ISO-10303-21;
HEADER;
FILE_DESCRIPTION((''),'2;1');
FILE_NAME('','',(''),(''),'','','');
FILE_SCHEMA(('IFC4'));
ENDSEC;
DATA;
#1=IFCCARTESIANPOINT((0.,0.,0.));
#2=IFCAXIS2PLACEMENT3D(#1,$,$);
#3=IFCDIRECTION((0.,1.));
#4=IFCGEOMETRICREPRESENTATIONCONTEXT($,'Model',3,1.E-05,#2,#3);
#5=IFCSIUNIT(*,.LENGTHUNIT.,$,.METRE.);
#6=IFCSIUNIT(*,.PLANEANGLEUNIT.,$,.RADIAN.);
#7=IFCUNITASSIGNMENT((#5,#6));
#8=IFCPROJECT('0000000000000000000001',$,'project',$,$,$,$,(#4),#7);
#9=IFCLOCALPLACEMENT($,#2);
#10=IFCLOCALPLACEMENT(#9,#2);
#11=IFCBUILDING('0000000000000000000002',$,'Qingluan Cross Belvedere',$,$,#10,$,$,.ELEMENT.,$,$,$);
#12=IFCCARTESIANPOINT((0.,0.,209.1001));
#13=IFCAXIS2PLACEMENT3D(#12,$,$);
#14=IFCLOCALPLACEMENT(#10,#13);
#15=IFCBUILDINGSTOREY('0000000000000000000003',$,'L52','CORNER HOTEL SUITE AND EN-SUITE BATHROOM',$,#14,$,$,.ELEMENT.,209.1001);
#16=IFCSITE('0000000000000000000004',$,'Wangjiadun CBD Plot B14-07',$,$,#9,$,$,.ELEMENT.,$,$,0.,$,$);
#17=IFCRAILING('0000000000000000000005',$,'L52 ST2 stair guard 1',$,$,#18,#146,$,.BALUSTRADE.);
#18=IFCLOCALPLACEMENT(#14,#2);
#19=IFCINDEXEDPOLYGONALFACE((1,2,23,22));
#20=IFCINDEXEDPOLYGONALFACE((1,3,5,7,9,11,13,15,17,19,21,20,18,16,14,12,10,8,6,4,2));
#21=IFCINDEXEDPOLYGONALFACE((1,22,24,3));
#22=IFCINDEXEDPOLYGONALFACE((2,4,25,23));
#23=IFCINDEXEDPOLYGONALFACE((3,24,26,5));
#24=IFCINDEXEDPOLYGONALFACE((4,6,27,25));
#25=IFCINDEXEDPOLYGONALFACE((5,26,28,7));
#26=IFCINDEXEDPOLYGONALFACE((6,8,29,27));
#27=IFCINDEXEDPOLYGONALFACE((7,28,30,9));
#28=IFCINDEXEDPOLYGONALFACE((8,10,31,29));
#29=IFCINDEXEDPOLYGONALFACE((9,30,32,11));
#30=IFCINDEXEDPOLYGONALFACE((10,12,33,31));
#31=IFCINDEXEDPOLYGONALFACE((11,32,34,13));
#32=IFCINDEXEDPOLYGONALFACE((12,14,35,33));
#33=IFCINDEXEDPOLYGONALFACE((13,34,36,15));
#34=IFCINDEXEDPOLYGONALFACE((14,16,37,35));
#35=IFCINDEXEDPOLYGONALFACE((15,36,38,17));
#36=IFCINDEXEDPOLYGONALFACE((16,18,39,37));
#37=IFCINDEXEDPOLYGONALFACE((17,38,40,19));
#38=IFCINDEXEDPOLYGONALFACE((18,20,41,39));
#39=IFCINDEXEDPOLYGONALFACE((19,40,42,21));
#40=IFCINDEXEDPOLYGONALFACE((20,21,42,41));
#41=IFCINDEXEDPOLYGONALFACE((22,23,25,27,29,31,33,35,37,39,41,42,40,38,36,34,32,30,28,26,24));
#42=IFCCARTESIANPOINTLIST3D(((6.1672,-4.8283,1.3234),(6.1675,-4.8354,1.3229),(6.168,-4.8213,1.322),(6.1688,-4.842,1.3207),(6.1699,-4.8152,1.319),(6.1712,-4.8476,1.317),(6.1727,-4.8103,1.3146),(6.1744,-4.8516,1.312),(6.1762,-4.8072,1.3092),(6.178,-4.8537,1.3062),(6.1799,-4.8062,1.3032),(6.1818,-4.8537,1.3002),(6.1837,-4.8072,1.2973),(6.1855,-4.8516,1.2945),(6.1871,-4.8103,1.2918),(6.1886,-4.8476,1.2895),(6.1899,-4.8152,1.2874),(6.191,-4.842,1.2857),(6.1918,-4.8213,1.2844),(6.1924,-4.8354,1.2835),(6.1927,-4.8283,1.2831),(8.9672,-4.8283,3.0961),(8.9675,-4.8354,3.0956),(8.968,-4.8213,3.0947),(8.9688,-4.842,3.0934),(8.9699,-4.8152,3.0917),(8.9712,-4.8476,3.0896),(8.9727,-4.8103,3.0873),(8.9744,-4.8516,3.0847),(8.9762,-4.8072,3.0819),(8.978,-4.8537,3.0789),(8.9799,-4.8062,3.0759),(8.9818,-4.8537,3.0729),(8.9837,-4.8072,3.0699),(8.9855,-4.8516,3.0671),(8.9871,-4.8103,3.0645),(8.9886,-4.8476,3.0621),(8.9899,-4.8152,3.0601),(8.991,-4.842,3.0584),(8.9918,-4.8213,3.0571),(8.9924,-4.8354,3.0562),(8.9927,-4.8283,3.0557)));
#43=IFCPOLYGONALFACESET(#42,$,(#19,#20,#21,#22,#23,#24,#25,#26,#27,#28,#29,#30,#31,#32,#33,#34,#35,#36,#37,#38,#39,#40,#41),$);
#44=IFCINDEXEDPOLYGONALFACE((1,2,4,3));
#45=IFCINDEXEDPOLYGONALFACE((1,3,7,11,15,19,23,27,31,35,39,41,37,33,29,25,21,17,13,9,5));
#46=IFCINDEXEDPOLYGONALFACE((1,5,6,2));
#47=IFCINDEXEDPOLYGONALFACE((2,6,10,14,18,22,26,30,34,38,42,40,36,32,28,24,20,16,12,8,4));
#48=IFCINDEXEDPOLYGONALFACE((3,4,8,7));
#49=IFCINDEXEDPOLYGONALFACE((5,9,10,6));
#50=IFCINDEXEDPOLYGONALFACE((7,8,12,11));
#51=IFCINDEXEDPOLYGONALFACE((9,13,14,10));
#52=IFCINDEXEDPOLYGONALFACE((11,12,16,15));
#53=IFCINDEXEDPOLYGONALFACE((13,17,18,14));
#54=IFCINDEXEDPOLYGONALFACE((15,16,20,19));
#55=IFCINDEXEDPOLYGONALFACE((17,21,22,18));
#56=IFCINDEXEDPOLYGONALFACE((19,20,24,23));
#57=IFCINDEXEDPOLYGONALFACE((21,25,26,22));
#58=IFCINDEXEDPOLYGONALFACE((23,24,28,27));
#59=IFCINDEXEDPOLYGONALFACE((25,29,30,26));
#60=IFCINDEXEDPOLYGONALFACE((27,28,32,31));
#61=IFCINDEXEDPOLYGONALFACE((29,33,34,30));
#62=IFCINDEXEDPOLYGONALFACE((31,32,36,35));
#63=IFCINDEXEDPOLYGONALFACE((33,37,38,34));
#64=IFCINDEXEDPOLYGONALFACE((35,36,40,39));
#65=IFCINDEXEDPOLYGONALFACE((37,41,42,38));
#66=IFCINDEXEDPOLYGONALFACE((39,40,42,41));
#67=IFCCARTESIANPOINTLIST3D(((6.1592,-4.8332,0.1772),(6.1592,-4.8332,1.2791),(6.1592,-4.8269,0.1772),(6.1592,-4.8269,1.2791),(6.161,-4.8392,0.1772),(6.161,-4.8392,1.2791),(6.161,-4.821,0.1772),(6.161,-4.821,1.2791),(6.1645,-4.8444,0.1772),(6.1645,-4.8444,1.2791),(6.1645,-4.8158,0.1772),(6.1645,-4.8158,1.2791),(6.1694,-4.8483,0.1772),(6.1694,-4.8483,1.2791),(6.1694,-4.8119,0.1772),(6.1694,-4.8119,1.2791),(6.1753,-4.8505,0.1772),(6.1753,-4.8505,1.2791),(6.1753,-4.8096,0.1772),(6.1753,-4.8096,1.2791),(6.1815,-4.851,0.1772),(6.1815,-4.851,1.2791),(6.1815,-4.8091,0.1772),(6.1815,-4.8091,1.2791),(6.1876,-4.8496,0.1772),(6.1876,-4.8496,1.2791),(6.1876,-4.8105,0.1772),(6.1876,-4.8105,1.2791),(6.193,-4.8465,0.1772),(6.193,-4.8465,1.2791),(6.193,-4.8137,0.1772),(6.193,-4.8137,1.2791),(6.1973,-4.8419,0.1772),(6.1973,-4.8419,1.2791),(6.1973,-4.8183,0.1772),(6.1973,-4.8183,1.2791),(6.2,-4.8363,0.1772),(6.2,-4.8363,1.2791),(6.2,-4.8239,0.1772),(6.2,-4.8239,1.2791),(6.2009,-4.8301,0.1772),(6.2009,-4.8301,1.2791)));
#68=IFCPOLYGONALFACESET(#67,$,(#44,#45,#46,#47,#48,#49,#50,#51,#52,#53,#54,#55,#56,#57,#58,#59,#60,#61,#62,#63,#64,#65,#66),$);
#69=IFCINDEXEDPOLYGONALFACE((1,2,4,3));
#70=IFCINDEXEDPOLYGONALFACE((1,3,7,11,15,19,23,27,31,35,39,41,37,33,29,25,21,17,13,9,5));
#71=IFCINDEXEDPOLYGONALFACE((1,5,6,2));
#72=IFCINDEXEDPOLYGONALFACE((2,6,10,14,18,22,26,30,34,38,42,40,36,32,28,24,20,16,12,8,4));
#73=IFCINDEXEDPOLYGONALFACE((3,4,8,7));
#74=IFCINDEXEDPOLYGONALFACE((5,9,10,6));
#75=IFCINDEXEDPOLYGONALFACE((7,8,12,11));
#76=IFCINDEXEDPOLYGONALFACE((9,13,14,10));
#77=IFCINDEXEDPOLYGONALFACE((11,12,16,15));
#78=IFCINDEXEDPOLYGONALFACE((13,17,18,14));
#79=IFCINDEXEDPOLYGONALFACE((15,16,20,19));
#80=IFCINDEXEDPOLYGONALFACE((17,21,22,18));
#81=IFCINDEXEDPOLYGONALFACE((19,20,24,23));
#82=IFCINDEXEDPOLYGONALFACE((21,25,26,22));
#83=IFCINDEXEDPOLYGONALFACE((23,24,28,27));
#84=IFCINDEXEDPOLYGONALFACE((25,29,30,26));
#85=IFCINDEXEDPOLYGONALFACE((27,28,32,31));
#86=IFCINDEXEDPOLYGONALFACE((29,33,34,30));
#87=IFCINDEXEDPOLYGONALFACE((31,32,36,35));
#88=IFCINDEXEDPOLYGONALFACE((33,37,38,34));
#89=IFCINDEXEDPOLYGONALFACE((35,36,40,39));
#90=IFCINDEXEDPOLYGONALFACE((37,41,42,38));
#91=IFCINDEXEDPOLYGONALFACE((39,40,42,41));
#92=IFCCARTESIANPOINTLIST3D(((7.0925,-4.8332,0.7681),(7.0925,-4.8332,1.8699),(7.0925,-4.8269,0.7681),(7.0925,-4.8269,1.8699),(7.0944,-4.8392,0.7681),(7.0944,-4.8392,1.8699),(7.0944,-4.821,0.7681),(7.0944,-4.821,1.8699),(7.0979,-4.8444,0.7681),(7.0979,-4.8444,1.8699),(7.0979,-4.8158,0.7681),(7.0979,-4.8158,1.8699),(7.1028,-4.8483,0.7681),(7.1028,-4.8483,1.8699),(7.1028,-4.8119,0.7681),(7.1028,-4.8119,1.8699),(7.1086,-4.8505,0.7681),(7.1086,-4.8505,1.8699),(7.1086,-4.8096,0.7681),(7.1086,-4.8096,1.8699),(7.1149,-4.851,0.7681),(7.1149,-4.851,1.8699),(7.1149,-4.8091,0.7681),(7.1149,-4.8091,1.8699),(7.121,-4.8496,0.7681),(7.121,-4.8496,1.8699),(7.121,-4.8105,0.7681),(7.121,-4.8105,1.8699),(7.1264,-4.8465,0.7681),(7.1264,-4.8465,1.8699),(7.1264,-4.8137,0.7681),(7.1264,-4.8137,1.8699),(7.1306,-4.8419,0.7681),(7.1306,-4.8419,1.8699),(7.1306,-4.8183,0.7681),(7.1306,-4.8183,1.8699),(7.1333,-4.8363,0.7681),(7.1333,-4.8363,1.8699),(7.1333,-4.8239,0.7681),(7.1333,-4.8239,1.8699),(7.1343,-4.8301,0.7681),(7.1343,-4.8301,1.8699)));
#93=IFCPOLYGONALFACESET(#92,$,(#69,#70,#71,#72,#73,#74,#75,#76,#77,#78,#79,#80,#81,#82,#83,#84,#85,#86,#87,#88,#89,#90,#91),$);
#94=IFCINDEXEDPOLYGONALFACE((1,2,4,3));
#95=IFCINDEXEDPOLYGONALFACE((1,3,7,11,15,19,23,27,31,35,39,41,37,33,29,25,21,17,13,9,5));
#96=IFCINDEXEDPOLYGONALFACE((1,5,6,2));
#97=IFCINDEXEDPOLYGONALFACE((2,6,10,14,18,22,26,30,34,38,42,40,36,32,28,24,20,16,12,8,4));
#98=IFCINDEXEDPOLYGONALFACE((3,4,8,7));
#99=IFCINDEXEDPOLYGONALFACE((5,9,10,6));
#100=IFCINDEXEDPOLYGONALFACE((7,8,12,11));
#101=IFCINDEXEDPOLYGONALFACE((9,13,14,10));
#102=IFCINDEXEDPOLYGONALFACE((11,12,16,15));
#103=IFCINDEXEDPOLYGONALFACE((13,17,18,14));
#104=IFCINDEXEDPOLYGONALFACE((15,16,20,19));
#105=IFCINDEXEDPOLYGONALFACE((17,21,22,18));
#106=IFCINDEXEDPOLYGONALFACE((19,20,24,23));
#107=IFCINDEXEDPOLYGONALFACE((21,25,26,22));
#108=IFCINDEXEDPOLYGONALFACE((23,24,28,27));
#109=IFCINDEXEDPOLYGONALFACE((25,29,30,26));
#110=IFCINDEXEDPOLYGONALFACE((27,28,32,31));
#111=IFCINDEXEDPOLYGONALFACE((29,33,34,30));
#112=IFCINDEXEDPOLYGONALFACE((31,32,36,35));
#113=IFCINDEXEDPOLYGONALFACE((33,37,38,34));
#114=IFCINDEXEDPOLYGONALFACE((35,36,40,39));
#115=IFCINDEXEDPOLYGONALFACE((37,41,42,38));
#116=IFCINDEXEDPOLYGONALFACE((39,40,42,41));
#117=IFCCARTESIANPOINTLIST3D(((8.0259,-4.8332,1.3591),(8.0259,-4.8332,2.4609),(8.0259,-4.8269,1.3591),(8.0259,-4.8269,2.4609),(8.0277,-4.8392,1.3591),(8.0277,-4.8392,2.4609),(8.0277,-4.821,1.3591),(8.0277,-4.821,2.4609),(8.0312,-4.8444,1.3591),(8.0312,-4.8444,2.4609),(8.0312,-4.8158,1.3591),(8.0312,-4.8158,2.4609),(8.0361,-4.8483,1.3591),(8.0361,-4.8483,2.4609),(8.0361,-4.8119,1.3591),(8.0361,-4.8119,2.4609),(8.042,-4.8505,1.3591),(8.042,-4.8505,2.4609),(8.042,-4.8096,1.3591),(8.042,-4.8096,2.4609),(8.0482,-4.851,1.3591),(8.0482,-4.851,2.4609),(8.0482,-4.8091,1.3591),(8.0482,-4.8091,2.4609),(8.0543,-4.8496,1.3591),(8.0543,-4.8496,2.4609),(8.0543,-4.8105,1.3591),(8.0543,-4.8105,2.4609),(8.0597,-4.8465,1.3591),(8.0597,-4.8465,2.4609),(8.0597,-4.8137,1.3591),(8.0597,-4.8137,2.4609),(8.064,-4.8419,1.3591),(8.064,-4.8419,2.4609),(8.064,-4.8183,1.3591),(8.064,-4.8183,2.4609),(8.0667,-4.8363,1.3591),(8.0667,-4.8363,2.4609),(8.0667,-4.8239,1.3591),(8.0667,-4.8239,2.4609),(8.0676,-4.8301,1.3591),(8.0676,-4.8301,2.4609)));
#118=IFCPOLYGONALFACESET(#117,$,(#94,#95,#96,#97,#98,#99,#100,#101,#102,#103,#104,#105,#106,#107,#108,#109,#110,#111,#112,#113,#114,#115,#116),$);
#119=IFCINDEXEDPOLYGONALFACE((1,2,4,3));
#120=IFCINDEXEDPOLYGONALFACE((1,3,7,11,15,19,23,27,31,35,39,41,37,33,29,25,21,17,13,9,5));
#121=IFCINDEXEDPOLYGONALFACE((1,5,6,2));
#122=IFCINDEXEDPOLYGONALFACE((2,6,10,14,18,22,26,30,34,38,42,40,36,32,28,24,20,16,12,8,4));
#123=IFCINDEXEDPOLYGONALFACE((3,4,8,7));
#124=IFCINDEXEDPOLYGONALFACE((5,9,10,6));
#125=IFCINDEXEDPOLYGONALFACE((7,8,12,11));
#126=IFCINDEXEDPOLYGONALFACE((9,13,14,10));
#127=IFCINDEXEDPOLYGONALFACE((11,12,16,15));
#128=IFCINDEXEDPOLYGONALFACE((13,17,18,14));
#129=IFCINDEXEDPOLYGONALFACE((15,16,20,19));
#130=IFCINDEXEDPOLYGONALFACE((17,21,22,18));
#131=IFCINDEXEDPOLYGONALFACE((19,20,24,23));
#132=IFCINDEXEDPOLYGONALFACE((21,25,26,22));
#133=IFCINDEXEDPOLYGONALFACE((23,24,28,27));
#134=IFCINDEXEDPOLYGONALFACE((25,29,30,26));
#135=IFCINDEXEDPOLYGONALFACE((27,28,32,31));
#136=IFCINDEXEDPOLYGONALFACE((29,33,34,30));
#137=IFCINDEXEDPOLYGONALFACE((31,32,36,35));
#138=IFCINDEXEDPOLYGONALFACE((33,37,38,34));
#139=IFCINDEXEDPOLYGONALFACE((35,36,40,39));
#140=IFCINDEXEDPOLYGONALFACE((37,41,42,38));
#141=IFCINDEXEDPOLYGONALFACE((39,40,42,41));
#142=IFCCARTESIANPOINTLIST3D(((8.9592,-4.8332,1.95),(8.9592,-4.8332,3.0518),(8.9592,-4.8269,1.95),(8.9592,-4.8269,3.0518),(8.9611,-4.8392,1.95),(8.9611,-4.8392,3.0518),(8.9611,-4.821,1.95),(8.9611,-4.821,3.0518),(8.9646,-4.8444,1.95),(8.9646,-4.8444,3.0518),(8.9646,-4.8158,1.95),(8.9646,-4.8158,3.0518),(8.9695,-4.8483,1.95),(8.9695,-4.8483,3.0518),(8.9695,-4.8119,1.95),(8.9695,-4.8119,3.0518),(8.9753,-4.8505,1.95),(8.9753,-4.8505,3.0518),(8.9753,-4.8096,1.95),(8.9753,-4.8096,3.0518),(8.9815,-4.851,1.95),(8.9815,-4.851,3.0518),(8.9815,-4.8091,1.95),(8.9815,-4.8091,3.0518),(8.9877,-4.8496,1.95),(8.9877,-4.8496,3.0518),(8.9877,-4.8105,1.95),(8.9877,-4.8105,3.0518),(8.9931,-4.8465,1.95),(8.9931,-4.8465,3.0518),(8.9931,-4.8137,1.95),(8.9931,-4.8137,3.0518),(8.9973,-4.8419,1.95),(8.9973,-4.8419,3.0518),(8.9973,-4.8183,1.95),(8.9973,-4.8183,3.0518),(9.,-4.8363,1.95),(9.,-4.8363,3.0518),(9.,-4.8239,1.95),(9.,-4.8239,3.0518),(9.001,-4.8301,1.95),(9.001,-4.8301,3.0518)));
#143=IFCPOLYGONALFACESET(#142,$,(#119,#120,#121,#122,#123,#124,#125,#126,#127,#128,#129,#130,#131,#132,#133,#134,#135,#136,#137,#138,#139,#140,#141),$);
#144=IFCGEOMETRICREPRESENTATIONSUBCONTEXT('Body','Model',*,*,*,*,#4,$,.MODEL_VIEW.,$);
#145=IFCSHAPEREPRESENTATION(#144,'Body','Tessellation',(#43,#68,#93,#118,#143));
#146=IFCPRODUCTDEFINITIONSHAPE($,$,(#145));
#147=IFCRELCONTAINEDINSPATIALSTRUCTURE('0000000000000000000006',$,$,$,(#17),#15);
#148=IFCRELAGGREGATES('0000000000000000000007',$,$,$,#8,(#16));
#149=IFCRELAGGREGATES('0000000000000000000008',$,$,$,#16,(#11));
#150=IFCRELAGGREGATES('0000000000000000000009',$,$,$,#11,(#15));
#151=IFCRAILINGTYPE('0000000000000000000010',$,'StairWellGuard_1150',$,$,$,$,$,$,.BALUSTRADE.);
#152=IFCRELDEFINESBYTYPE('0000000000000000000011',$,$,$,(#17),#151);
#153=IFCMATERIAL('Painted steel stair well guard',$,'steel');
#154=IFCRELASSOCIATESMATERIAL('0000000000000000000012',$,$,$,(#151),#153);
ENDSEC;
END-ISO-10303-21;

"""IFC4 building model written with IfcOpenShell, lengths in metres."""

from ifc_helpers import new_model, si_unit, direction, frame, origin, origin_2d, place, context, subcontext, project, spatial, circle, extrude, material, type_object, element, save


model = new_model("IFC4")

# Units and contexts
model_context = context("Model", 3, precision=1e-05, world=origin(), true_north=direction((0.0, 1.0)))
body_context = subcontext(model_context, "Body", "Model", "MODEL_VIEW")
ifc_project = project(units=[si_unit("LENGTHUNIT", "METRE"), si_unit("PLANEANGLEUNIT", "RADIAN")], contexts=[model_context])

# Site, building, storey
site_placement = place(None, origin())
site = spatial("IfcSite", under=ifc_project, at=site_placement, Name="Wangjiadun CBD Plot B14-07", CompositionType="ELEMENT", RefElevation=0.0)
building_placement = place(site_placement, origin())
building = spatial("IfcBuilding", under=site, at=building_placement, Name="Qingluan Cross Belvedere", CompositionType="ELEMENT")
storey_placement = place(building_placement, frame((0.0, 0.0, 209.1001)))
storey = spatial("IfcBuildingStorey", under=building, at=storey_placement, Name="L52", Description="CORNER HOTEL SUITE AND EN-SUITE BATHROOM", CompositionType="ELEMENT", Elevation=209.1001)

# Railing
ifc_material_1 = material(Name="Painted steel stair well guard", Category="steel")
railing_type_1 = type_object("IfcRailingType", Name="StairWellGuard_1150", PredefinedType="BALUSTRADE", material=ifc_material_1)
railing_1_placement = place(storey_placement, frame((6.1799, -4.8301, 0.1772)))
element("IfcRailing", 1, at=railing_1_placement, inside=storey, type_object=railing_type_1, Name="L52 ST2 stair guard 1", PredefinedType="BALUSTRADE", context=body_context, shape_type="SweptSolid", body=[
    extrude(circle(Radius=0.0239, at=origin_2d()), frame((0.0, 0.0, 1.126), z_axis=(0.844909, 0.0, 0.53491), x_axis=(0.0, 1.0, 0.0)), (0.0, 0.0, 1.0), 3.314),
    extrude(circle(Radius=0.021, at=origin_2d()), origin(), (0.0, 0.0, 1.0), 1.1018),
    extrude(circle(Radius=0.021, at=origin_2d()), frame((0.9333, 0.0, 0.5908)), (0.0, 0.0, 1.0), 1.1018),
    extrude(circle(Radius=0.021, at=origin_2d()), frame((1.8667, 0.0, 1.1819)), (0.0, 0.0, 1.0), 1.1018),
    extrude(circle(Radius=0.021, at=origin_2d()), frame((2.8, 0.0, 1.7727)), (0.0, 0.0, 1.0), 1.1018),
])

save(model, "model.ifc")
